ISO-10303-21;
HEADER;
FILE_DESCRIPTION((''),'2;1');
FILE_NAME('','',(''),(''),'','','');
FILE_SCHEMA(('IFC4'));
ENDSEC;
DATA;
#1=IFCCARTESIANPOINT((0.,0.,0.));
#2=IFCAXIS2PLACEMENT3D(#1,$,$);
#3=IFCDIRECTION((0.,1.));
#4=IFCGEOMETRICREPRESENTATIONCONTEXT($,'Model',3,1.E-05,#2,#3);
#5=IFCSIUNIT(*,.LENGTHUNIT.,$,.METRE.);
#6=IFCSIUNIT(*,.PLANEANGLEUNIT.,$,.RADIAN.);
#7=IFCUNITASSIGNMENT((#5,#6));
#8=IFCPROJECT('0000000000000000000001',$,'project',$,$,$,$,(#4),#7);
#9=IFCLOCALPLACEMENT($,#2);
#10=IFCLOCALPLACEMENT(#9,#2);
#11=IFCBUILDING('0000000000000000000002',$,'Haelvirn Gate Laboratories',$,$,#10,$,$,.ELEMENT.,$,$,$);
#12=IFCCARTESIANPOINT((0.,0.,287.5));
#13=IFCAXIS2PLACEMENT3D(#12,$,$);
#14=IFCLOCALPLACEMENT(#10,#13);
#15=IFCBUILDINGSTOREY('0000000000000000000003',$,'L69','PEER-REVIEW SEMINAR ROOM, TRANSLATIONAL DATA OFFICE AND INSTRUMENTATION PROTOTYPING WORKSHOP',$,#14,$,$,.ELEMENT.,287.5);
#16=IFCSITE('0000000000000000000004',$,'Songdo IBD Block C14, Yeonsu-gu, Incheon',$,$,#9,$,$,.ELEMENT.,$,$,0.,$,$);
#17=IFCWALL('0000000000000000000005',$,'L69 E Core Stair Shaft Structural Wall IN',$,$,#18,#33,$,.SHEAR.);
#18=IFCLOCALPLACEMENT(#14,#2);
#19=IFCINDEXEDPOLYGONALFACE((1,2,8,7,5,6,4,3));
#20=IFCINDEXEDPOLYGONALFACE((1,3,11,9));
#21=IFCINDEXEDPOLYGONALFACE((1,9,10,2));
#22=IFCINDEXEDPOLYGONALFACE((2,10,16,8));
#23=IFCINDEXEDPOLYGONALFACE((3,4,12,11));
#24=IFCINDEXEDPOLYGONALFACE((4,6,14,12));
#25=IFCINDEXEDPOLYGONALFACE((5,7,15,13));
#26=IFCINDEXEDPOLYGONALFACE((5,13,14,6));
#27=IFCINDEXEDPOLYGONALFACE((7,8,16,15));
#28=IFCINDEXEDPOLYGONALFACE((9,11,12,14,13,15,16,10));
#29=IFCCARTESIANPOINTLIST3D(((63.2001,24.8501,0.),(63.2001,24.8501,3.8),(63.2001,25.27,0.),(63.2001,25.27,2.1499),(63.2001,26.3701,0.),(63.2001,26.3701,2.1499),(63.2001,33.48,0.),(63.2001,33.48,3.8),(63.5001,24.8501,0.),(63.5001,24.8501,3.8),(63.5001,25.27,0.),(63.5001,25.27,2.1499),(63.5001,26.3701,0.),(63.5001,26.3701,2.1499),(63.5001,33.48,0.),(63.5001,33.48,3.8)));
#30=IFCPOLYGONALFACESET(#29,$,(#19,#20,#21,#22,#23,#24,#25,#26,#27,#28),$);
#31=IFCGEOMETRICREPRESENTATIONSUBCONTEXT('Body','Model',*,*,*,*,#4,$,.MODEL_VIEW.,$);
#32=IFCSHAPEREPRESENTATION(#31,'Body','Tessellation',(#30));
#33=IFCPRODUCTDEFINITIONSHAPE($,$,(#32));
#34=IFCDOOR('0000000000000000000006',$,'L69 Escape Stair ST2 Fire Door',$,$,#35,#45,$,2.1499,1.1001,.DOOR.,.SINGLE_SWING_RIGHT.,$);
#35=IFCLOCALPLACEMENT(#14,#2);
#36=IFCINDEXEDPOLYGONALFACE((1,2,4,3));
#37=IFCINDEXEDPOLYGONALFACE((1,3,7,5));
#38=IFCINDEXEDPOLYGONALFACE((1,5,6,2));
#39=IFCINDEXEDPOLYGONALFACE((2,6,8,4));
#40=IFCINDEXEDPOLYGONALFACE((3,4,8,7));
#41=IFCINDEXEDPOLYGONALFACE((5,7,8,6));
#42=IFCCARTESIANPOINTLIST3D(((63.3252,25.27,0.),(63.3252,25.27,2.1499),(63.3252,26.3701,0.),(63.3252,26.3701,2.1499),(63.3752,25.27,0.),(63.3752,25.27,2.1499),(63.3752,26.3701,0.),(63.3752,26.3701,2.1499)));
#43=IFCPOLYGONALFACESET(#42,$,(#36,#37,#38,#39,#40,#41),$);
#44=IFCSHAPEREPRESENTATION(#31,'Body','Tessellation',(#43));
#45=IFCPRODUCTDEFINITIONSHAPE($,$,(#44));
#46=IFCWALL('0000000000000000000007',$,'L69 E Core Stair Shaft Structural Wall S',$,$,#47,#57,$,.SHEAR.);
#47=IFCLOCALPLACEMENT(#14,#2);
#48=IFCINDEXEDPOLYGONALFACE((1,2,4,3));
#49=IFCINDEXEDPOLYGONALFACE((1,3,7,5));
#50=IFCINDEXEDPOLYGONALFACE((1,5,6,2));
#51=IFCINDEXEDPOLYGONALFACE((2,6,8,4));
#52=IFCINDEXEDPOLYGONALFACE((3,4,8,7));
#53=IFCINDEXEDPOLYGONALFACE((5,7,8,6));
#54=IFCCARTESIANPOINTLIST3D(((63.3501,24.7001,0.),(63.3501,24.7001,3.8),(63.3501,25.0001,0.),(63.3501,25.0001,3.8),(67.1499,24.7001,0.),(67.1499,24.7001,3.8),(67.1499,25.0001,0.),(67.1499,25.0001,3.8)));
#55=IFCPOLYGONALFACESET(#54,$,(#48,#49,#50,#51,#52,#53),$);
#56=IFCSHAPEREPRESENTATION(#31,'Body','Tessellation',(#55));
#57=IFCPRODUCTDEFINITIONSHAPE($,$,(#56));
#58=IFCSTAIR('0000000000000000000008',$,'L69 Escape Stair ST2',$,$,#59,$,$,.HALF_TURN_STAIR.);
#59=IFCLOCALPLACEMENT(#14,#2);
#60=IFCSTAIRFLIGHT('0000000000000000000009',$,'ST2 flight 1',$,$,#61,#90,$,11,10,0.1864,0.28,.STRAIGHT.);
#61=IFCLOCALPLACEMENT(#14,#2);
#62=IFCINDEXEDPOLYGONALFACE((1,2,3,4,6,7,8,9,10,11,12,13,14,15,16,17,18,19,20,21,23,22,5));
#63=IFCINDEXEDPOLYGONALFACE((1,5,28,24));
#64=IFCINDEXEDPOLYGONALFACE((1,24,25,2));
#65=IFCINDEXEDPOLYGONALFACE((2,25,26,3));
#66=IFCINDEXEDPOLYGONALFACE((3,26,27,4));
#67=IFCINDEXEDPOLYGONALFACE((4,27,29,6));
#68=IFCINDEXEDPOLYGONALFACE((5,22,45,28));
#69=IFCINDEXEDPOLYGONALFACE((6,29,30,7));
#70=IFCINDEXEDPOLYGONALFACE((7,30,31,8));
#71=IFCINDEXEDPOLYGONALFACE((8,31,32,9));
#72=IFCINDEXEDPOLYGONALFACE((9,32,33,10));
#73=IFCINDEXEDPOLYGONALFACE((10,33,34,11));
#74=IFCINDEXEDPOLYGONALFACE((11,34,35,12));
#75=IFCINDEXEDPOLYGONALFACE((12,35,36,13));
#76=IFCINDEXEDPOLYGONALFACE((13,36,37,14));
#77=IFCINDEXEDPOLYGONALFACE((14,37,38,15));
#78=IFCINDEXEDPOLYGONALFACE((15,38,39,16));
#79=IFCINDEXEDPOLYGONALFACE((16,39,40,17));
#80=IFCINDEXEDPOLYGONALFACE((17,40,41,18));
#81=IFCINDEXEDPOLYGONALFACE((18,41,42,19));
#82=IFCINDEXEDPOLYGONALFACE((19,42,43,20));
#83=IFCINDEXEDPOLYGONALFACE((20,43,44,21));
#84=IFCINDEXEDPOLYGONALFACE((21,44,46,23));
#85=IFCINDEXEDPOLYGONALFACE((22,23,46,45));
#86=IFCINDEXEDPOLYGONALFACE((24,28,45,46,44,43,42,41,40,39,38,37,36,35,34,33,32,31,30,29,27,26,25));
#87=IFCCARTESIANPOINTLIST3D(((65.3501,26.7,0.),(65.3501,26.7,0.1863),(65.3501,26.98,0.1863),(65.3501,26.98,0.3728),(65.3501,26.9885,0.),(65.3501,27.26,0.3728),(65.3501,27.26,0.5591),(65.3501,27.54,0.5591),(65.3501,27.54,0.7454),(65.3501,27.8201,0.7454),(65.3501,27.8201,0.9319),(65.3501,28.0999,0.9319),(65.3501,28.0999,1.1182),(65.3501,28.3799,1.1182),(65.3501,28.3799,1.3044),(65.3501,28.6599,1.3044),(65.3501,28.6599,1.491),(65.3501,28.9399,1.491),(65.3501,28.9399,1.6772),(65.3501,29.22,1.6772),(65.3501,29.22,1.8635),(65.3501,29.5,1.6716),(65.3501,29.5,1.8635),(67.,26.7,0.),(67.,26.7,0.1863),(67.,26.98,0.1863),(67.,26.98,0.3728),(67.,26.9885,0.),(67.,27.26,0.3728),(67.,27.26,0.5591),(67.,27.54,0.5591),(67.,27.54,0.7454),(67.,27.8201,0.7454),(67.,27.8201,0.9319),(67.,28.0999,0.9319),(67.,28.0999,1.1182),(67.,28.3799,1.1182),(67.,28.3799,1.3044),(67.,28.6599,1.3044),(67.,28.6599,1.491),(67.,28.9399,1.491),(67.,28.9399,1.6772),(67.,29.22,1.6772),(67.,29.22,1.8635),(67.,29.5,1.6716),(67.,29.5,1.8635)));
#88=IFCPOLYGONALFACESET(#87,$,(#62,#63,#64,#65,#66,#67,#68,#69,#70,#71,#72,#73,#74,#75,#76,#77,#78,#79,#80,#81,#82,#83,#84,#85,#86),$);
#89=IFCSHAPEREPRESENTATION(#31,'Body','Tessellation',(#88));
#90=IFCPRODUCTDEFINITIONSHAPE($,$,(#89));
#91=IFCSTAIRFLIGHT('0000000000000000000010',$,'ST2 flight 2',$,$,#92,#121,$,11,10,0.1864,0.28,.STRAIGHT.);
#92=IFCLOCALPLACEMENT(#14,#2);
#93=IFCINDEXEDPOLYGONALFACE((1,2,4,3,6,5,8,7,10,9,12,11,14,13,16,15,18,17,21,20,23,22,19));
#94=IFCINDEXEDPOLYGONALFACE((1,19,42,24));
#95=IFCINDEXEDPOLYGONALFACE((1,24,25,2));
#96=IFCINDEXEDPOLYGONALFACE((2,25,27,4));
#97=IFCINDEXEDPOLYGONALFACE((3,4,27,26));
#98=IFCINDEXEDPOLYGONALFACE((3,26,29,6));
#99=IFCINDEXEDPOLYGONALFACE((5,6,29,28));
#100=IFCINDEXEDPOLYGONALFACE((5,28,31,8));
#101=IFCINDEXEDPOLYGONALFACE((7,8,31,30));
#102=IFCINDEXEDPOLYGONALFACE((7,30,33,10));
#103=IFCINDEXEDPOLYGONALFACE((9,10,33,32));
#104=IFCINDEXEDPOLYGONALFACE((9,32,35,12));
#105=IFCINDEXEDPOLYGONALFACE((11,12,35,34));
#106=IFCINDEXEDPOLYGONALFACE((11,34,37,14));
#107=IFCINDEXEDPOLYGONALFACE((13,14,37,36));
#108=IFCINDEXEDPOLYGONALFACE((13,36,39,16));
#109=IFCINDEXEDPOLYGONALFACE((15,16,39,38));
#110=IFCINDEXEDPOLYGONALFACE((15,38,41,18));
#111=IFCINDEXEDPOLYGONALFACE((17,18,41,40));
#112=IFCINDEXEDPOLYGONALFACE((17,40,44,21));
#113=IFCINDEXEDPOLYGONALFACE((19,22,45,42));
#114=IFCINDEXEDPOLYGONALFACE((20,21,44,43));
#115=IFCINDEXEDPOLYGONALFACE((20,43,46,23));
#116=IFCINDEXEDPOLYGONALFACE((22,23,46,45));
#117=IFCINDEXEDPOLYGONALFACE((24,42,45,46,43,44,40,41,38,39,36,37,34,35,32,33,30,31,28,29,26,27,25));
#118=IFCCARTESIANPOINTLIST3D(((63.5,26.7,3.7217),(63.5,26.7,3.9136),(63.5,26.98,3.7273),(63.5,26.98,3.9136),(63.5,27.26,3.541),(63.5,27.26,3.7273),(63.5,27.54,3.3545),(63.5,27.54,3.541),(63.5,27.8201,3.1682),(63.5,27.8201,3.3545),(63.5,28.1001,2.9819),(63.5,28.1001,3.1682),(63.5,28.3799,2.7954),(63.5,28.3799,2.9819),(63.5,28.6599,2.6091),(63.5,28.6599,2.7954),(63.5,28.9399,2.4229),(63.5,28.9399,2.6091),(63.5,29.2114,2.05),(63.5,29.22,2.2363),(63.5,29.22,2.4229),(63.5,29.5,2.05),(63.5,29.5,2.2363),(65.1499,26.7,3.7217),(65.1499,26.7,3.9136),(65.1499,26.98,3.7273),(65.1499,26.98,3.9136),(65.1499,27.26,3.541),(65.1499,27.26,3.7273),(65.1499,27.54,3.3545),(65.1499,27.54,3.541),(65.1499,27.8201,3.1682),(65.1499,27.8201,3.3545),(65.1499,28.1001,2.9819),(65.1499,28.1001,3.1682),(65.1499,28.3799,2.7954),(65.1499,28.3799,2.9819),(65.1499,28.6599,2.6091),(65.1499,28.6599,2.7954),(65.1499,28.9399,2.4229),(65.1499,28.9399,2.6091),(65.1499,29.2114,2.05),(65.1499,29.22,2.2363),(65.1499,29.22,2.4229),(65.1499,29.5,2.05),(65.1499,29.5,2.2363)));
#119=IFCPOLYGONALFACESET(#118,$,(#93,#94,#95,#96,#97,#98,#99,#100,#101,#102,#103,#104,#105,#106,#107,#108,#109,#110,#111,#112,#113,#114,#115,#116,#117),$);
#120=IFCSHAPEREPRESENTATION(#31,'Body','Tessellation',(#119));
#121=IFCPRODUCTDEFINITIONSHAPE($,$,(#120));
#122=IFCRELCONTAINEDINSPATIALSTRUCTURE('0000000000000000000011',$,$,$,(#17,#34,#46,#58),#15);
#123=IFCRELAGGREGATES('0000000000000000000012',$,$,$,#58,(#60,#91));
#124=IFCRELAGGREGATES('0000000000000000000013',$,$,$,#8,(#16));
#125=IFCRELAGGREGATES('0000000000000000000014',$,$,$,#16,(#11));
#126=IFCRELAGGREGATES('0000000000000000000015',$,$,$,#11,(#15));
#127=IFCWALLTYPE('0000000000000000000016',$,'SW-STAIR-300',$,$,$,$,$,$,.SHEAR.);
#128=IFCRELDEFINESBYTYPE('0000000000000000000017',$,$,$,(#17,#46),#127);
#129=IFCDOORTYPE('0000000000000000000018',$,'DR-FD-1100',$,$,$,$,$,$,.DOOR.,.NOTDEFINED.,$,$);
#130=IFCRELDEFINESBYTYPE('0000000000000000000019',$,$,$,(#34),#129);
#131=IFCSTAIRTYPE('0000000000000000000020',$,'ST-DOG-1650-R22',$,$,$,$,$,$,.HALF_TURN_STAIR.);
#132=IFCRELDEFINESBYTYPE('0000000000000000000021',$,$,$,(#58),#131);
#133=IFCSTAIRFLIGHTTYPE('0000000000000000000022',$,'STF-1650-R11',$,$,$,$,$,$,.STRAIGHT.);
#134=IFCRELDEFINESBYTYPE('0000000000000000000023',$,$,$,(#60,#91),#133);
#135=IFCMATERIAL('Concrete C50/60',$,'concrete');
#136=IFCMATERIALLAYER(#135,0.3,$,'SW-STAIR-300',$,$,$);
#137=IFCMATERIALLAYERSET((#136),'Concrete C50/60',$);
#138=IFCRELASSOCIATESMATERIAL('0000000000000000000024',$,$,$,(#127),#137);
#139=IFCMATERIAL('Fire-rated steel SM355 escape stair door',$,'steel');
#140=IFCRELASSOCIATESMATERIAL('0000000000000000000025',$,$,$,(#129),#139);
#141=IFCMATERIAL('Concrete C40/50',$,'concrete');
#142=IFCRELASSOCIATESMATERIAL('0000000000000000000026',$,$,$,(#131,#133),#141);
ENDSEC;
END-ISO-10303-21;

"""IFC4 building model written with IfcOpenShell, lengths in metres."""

from ifc_helpers import new_model, si_unit, direction, frame, frame_2d, origin, place, context, subcontext, project, spatial, polyline, rectangle, outline, extrude, source, transform, mapped, material, layer, layer_set, type_object, type_shapes, element, fill, aggregate, save


model = new_model("IFC4")

# Units and contexts
model_context = context("Model", 3, precision=1e-05, world=origin(), true_north=direction((0.0, 1.0)))
body_context = subcontext(model_context, "Body", "Model", "MODEL_VIEW")
ifc_project = project(units=[si_unit("LENGTHUNIT", "METRE"), si_unit("PLANEANGLEUNIT", "RADIAN")], contexts=[model_context])

# Site, building, storey
site_placement = place(None, origin())
site = spatial("IfcSite", under=ifc_project, at=site_placement, Name="Songdo IBD Block C14, Yeonsu-gu, Incheon", CompositionType="ELEMENT", RefElevation=0.0)
building_placement = place(site_placement, origin())
building = spatial("IfcBuilding", under=site, at=building_placement, Name="Haelvirn Gate Laboratories", CompositionType="ELEMENT")
storey_placement = place(building_placement, frame((0.0, 0.0, 287.5)))
storey = spatial("IfcBuildingStorey", under=building, at=storey_placement, Name="L69", Description="PEER-REVIEW SEMINAR ROOM, TRANSLATIONAL DATA OFFICE AND INSTRUMENTATION PROTOTYPING WORKSHOP", CompositionType="ELEMENT", Elevation=287.5)

# Shared definitions
ifc_material_1 = material(Name="Concrete C40/50", Category="concrete")

# Shared definitions
ifc_material_2 = material(Name="Concrete C50/60", Category="concrete")

# Wall, opening, door
ifc_layer_1 = layer(ifc_material_2, 0.3, Name="SW-STAIR-300")
ifc_layer_set_1 = layer_set([ifc_layer_1], Name="Concrete C50/60")
wall_type_1 = type_object("IfcWallType", Name="SW-STAIR-300", PredefinedType="SHEAR", material=ifc_layer_set_1)
wall_1_placement = place(storey_placement, frame((63.3501, 24.8501, 0.0), z_axis=(0.0, 0.0, 1.0), x_axis=(0.0, 1.0, 0.0)))
wall_1 = element("IfcWall", 1, at=wall_1_placement, inside=storey, type_object=wall_type_1, Name="L69 E Core Stair Shaft Structural Wall IN", PredefinedType="SHEAR", context=body_context, shape_type="SweptSolid", body=[
    extrude(rectangle(XDim=8.6299, YDim=0.3, at=frame_2d((4.3149, 0.0))), origin(), (0.0, 0.0, 1.0), 3.8),
])
opening_1_placement = place(wall_1_placement, frame((0.4199, 0.0, 0.0)))
opening_1 = element("IfcOpeningElement", 2, at=opening_1_placement, cuts=wall_1, PredefinedType="OPENING", context=body_context, shape_type="SweptSolid", body=[
    extrude(rectangle(XDim=1.1001, YDim=2.1499, at=frame_2d((0.55, 1.075))), frame((0.0, 0.1602, 0.0), z_axis=(0.0, -1.0, 0.0), x_axis=(1.0, 0.0, 0.0)), (0.0, 0.0, 1.0), 0.3201),
])
ifc_material_3 = material(Name="Fire-rated steel SM355 escape stair door", Category="steel")
door_type_1 = type_object("IfcDoorType", Name="DR-FD-1100", OperationType="NOTDEFINED", PredefinedType="DOOR", material=ifc_material_3)
shared_shape_1 = source(origin(), body_context, "Body", "SweptSolid", [
    extrude(rectangle(XDim=1.1001, YDim=2.1499, at=frame_2d((0.55, 1.075))), frame((0.0, 0.0249, 0.0), z_axis=(0.0, -1.0, 0.0), x_axis=(1.0, 0.0, 0.0)), (0.0, 0.0, 1.0), 0.05),
])
type_shapes(door_type_1, [shared_shape_1])
door_1_placement = place(opening_1_placement, origin())
door_1 = element("IfcDoor", 3, at=door_1_placement, inside=storey, type_object=door_type_1, Name="L69 Escape Stair ST2 Fire Door", OperationType="SINGLE_SWING_RIGHT", OverallHeight=2.1499, OverallWidth=1.1001, PredefinedType="DOOR", context=body_context, shape_type="MappedRepresentation", body=[
    mapped(shared_shape_1, transform((0.0, 0.0, 0.0), scale=1.0)),
])
fill(opening_1, door_1)

# Wall
wall_2_placement = place(storey_placement, frame((63.3501, 24.8501, 0.0), z_axis=(0.0, 0.0, 1.0), x_axis=(1.0, 0.0, 0.0)))
element("IfcWall", 4, at=wall_2_placement, inside=storey, type_object=wall_type_1, Name="L69 E Core Stair Shaft Structural Wall S", PredefinedType="SHEAR", context=body_context, shape_type="SweptSolid", body=[
    extrude(rectangle(XDim=3.7998, YDim=0.3, at=frame_2d((1.8999, 0.0))), origin(), (0.0, 0.0, 1.0), 3.8),
])

# Stair, stair flights
stair_type = type_object("IfcStairType", Name="ST-DOG-1650-R22", PredefinedType="HALF_TURN_STAIR", material=ifc_material_1)
stair_placement = place(storey_placement, origin())
stair = element("IfcStair", 5, at=stair_placement, inside=storey, type_object=stair_type, Name="L69 Escape Stair ST2", PredefinedType="HALF_TURN_STAIR")
stair_flight_type = type_object("IfcStairFlightType", Name="STF-1650-R11", PredefinedType="STRAIGHT", material=ifc_material_1)
shared_shape_2 = source(origin(), body_context, "Body", "SweptSolid", [
    extrude(outline(polyline([(0.0, 0.0), (0.0, 0.1863), (0.28, 0.1863), (0.28, 0.3728), (0.5601, 0.3728), (0.5601, 0.5591), (0.8401, 0.5591), (0.8401, 0.7454), (1.1201, 0.7454), (1.1201, 0.9319), (1.3999, 0.9319), (1.3999, 1.1182), (1.6799, 1.1182), (1.6799, 1.3044), (1.96, 1.3044), (1.96, 1.491), (2.24, 1.491), (2.24, 1.6772), (2.52, 1.6772), (2.52, 1.8635), (2.8, 1.8635), (2.8, 2.05), (2.8, 1.6716), (0.2886, 0.0), (0.0, 0.0)])), frame((0.0, 0.825, 0.0), z_axis=(0.0, -1.0, 0.0), x_axis=(1.0, 0.0, 0.0)), (0.0, 0.0, 1.0), 1.6499),
])
type_shapes(stair_flight_type, [shared_shape_2])
stair_flight_1_placement = place(storey_placement, frame((66.175, 26.7, 0.0), z_axis=(0.0, 0.0, 1.0), x_axis=(0.0, 1.0, 0.0)))
stair_flight_1 = element("IfcStairFlight", 6, at=stair_flight_1_placement, type_object=stair_flight_type, Name="ST2 flight 1", NumberOfRisers=11, NumberOfTreads=10, PredefinedType="STRAIGHT", RiserHeight=0.1864, TreadLength=0.28, context=body_context, shape_type="MappedRepresentation", body=[
    mapped(shared_shape_2, transform((0.0, 0.0, 0.0), scale=1.0)),
])
stair_flight_2_placement = place(storey_placement, frame((64.325, 29.5, 2.05), z_axis=(0.0, 0.0, 1.0), x_axis=(0.0, -1.0, 0.0)))
stair_flight_2 = element("IfcStairFlight", 7, at=stair_flight_2_placement, type_object=stair_flight_type, Name="ST2 flight 2", NumberOfRisers=11, NumberOfTreads=10, PredefinedType="STRAIGHT", RiserHeight=0.1864, TreadLength=0.28, context=body_context, shape_type="MappedRepresentation", body=[
    mapped(shared_shape_2, transform((0.0, 0.0, 0.0), scale=1.0)),
])
aggregate(stair, [stair_flight_1, stair_flight_2])

save(model, "model.ifc")
